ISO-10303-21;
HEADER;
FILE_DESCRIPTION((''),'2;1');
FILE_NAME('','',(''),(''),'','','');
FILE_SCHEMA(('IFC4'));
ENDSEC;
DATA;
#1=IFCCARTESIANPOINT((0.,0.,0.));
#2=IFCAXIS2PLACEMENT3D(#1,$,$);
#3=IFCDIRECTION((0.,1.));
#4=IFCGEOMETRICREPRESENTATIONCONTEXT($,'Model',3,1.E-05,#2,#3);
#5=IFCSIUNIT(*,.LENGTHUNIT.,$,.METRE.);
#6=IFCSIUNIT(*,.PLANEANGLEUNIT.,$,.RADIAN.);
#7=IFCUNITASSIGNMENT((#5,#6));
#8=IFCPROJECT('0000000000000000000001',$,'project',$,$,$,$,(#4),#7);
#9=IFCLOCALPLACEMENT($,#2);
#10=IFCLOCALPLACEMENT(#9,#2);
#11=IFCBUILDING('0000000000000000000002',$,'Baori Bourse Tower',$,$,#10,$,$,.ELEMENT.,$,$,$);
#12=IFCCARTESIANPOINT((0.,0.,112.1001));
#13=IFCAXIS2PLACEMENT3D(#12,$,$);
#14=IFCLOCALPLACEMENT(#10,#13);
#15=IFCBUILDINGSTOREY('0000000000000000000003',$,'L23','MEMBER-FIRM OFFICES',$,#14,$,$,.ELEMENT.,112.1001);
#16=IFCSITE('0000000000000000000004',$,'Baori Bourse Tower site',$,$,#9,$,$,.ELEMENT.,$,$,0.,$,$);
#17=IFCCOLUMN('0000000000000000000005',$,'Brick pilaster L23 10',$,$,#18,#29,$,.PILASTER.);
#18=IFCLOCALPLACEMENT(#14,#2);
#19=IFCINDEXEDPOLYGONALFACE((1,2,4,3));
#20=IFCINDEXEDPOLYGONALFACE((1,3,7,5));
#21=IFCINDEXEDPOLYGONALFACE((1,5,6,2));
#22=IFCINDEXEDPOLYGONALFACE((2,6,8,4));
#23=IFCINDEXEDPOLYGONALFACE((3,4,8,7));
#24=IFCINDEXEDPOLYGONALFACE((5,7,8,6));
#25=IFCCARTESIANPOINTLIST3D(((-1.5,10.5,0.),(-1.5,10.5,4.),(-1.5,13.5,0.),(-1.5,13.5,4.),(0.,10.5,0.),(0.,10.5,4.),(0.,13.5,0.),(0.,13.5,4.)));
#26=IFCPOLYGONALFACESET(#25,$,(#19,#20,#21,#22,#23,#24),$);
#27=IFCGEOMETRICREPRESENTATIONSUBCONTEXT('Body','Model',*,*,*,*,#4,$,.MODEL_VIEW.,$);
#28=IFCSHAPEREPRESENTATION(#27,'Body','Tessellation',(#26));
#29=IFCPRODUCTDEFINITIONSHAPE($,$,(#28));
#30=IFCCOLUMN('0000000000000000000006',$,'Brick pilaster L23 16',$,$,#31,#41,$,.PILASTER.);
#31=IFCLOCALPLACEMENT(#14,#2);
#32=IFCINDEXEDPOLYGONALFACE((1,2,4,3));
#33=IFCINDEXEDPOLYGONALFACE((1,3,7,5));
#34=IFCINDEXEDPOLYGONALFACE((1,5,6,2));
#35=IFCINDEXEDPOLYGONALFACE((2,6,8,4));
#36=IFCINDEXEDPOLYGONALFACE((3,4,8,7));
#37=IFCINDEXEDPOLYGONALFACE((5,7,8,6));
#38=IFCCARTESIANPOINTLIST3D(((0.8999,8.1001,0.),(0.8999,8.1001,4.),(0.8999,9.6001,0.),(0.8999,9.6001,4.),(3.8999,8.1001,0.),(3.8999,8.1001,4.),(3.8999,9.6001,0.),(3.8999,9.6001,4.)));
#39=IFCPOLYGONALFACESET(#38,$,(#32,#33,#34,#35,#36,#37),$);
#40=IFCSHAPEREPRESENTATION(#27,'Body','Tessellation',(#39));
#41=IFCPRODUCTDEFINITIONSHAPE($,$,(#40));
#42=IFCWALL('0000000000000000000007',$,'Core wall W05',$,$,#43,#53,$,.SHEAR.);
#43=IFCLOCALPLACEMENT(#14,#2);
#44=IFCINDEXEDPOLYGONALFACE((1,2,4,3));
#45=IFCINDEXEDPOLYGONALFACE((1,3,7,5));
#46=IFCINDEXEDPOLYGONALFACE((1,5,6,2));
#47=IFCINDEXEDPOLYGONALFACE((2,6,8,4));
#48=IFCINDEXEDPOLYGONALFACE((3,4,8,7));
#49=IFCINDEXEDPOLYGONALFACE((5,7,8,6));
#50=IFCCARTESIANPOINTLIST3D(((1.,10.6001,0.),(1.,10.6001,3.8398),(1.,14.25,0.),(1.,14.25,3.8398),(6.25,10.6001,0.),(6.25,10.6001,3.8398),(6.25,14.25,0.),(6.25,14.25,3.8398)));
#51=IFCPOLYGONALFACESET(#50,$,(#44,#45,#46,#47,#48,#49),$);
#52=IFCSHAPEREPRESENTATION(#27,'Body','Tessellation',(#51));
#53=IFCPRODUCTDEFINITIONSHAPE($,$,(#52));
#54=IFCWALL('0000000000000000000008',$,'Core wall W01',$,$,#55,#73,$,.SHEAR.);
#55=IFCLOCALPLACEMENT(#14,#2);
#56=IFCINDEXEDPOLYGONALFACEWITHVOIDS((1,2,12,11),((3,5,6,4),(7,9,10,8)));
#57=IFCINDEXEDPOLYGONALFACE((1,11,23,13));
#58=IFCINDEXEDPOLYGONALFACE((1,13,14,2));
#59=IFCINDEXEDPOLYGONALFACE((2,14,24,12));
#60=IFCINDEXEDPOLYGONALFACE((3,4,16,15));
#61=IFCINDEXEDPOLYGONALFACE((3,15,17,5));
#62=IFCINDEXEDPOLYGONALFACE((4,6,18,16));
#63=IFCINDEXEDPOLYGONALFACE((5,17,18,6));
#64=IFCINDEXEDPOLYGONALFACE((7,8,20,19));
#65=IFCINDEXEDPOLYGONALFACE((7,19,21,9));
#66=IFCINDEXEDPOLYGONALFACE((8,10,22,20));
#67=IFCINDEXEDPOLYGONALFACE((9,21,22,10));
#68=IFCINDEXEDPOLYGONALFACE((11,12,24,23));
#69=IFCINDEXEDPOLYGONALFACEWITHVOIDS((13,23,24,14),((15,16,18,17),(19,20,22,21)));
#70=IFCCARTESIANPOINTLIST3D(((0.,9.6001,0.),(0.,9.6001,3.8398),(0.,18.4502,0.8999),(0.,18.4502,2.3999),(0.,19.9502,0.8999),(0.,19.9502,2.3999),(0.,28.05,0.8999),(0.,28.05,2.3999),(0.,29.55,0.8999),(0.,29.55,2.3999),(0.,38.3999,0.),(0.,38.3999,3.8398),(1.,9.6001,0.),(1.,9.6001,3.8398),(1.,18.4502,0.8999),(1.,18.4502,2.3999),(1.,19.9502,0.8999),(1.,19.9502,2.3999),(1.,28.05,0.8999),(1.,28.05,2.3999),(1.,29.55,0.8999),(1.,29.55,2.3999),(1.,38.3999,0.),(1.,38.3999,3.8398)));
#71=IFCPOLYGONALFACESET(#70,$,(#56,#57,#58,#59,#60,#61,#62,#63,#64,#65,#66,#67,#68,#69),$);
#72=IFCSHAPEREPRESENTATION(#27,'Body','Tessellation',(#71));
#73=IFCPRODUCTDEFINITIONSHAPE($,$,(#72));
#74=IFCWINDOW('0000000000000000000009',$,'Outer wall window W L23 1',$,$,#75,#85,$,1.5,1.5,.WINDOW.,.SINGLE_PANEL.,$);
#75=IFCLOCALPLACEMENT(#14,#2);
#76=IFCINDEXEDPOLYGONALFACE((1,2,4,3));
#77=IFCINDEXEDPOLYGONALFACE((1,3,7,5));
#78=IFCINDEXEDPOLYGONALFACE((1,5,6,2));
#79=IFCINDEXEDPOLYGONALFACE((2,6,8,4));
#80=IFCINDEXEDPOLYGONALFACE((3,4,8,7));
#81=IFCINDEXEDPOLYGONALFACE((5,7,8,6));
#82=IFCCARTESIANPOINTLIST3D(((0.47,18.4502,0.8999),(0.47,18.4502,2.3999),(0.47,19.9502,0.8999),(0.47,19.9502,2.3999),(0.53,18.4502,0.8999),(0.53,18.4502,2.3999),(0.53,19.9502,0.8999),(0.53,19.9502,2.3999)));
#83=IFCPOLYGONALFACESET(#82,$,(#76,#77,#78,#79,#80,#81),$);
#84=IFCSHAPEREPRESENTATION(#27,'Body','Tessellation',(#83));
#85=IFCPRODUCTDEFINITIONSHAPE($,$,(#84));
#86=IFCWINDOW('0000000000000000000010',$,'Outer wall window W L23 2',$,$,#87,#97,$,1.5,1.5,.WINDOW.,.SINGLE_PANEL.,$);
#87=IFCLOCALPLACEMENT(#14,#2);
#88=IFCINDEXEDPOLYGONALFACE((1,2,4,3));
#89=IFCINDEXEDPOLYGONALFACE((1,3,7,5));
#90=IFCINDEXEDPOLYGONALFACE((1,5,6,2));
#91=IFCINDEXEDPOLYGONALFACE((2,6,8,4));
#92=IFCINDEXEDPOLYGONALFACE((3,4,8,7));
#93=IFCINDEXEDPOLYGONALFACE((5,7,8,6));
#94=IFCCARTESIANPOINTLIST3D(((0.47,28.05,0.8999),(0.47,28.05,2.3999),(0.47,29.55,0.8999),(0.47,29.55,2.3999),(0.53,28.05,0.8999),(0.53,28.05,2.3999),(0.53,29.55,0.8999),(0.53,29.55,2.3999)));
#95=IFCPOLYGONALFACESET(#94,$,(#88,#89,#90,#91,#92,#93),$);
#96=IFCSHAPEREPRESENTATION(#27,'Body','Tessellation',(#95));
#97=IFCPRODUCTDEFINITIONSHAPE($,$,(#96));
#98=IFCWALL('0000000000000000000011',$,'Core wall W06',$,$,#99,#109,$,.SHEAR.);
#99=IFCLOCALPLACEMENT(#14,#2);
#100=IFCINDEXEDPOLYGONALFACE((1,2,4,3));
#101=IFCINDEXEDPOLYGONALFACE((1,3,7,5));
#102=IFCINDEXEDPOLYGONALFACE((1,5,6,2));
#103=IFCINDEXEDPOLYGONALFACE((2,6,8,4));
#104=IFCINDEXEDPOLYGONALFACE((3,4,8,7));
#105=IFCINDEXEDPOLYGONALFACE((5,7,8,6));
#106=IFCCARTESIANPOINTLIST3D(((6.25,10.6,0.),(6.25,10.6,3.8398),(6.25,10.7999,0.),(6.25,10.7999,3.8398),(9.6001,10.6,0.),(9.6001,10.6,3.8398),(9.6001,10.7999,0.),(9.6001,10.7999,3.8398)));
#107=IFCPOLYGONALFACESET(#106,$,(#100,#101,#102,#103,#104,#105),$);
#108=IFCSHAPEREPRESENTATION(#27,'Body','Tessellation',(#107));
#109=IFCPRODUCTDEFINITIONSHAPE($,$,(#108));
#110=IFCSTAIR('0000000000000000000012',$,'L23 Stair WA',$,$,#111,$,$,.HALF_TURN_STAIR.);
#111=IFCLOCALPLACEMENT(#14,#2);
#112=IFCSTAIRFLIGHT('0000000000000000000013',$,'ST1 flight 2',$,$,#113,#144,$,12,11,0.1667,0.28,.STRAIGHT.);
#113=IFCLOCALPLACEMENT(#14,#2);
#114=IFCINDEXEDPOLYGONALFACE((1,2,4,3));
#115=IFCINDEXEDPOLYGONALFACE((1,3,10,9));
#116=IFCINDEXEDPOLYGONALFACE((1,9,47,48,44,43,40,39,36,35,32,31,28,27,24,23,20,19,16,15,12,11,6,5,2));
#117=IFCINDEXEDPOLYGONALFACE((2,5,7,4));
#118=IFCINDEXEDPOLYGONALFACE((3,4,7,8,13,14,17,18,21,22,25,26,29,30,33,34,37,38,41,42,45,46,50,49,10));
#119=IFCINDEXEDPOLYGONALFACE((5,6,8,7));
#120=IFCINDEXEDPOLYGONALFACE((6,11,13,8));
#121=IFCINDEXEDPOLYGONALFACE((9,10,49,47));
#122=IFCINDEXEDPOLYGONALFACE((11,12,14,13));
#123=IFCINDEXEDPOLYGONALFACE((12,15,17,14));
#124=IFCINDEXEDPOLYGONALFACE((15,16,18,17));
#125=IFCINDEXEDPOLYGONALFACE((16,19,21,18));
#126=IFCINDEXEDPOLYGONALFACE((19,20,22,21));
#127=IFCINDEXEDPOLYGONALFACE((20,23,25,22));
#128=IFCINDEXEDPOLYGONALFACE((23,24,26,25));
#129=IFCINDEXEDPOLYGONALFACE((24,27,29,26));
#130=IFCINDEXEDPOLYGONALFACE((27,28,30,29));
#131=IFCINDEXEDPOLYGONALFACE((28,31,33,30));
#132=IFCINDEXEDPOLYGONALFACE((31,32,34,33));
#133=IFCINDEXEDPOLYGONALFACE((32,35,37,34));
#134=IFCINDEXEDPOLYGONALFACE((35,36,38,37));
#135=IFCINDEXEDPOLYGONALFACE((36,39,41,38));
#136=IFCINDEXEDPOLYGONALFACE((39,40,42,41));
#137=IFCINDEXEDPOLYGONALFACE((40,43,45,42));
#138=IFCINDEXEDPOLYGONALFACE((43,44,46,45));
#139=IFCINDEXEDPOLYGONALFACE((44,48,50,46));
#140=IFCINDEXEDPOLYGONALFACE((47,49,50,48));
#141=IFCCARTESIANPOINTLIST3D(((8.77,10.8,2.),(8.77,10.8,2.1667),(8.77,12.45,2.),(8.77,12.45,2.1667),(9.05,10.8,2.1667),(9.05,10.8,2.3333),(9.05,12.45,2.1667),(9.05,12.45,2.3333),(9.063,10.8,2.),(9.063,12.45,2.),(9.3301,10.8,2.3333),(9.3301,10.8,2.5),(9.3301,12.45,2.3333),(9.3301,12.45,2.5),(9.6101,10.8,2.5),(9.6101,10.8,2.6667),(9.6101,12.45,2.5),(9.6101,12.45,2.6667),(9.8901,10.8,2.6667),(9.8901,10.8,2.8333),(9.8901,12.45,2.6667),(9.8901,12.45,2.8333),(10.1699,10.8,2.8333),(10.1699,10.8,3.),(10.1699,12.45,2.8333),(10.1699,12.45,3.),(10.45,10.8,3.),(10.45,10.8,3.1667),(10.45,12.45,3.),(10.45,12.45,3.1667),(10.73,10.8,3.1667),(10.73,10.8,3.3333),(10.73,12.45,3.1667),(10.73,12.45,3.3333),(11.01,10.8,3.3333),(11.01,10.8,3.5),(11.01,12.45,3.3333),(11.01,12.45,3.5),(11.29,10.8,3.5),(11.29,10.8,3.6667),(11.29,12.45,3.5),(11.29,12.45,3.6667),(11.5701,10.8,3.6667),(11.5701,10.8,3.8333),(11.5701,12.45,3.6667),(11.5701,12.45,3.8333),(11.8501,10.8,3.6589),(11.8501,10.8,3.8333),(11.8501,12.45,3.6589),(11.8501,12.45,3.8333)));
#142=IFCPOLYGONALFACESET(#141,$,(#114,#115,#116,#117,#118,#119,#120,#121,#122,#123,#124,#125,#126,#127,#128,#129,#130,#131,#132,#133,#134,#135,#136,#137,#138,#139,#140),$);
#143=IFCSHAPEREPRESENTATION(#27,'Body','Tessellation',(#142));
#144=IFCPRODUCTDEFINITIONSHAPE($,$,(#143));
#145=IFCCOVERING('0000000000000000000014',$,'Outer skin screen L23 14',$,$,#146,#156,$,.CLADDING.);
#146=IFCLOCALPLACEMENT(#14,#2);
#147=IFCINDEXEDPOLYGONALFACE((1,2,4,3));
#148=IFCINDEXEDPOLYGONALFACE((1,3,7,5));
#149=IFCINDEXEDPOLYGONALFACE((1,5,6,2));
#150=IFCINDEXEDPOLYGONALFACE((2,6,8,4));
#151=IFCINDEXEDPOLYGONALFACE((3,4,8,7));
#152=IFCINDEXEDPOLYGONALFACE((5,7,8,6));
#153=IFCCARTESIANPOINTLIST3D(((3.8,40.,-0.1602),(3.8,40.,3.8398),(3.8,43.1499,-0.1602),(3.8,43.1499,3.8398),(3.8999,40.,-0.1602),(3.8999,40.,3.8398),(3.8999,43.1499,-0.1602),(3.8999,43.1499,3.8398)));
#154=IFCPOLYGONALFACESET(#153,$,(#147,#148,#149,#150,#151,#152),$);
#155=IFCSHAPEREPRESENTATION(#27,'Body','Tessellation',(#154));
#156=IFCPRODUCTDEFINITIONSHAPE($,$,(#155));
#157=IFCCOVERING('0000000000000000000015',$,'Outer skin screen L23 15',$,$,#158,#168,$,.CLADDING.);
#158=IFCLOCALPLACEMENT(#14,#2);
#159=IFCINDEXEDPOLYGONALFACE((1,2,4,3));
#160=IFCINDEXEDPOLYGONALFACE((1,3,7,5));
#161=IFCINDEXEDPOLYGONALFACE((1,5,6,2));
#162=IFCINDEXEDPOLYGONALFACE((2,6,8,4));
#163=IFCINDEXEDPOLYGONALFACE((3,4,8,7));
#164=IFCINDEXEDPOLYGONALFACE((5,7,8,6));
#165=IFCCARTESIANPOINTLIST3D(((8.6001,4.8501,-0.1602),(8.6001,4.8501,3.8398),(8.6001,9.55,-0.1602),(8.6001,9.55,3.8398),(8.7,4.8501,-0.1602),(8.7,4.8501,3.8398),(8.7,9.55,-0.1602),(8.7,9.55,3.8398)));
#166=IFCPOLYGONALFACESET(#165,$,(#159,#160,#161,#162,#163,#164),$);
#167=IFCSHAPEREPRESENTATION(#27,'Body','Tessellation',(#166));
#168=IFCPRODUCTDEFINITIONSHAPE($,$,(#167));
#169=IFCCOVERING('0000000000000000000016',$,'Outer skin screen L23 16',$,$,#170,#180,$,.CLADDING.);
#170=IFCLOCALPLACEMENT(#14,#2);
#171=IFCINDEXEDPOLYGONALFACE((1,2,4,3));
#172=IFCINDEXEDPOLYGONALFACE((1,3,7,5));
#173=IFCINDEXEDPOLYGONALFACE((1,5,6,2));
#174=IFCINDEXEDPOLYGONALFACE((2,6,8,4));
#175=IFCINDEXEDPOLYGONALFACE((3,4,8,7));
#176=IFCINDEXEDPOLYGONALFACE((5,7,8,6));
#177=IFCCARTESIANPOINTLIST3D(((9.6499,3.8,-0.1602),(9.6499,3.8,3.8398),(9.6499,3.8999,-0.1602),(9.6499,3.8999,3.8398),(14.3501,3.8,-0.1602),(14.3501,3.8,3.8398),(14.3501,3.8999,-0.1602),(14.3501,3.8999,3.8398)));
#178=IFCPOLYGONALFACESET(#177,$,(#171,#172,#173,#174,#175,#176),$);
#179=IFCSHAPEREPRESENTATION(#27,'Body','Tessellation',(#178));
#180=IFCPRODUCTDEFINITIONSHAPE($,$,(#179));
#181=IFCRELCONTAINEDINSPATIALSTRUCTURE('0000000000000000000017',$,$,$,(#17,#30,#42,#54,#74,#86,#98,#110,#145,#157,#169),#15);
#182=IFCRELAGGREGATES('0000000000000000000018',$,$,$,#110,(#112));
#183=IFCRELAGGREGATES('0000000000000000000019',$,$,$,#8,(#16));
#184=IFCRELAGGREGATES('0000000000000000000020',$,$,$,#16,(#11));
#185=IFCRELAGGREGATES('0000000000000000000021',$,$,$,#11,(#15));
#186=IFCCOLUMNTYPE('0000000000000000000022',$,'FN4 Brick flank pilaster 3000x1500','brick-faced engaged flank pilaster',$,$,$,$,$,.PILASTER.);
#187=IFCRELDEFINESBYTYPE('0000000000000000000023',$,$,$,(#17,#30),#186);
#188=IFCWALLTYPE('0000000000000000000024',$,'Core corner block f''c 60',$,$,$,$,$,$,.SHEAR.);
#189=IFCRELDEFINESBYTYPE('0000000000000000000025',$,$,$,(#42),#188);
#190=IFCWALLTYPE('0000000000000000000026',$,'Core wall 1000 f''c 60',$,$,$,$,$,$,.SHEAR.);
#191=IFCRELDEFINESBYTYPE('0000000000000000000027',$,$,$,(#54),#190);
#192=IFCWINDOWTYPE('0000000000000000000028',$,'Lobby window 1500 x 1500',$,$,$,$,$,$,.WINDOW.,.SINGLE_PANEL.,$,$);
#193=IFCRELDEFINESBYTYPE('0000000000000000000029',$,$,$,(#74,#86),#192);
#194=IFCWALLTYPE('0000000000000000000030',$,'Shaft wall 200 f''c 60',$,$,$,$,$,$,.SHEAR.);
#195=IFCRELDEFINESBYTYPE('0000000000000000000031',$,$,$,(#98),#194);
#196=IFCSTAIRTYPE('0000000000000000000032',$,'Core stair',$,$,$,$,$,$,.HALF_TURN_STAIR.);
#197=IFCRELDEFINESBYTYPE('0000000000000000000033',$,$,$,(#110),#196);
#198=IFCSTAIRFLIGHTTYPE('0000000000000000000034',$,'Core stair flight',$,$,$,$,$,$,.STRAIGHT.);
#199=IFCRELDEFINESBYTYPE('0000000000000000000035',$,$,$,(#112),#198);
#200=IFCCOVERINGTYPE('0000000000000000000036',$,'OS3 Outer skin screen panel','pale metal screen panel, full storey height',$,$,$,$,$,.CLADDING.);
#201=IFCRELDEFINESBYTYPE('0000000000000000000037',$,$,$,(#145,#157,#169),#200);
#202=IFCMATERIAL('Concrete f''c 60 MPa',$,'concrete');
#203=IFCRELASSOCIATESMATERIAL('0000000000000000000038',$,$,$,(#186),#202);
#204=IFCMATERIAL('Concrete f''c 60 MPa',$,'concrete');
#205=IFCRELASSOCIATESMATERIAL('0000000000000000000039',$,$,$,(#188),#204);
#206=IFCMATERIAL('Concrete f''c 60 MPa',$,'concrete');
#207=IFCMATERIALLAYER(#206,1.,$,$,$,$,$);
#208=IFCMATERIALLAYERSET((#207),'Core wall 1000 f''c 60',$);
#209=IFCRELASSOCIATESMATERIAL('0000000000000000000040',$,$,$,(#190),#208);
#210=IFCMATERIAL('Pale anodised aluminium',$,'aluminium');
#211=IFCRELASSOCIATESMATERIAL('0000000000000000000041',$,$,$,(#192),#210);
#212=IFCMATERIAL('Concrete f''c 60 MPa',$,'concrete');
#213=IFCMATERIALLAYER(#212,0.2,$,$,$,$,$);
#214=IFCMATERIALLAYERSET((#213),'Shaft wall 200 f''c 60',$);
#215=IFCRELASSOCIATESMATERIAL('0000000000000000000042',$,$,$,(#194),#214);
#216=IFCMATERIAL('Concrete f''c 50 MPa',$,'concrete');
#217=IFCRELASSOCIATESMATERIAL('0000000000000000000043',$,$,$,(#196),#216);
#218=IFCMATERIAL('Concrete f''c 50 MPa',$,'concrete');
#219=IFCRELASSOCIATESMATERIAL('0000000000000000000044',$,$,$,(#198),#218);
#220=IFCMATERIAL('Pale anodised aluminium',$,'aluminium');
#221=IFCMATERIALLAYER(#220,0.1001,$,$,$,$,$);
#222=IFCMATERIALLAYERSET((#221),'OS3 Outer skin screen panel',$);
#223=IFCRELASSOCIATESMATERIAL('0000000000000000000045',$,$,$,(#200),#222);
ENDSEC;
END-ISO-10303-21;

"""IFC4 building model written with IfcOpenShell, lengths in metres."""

from ifc_helpers import new_model, si_unit, direction, frame, frame_2d, origin, origin_2d, place, context, subcontext, project, spatial, polyline, rectangle, outline, extrude, material, layer, layer_set, material_profile, profile_set, type_object, element, fill, aggregate, save


model = new_model("IFC4")

# Units and contexts
model_context = context("Model", 3, precision=1e-05, world=origin(), true_north=direction((0.0, 1.0)))
body_context = subcontext(model_context, "Body", "Model", "MODEL_VIEW")
ifc_project = project(units=[si_unit("LENGTHUNIT", "METRE"), si_unit("PLANEANGLEUNIT", "RADIAN")], contexts=[model_context])

# Site, building, storey
site_placement = place(None, origin())
site = spatial("IfcSite", under=ifc_project, at=site_placement, Name="Baori Bourse Tower site", CompositionType="ELEMENT", RefElevation=0.0)
building_placement = place(site_placement, origin())
building = spatial("IfcBuilding", under=site, at=building_placement, Name="Baori Bourse Tower", CompositionType="ELEMENT")
storey_placement = place(building_placement, frame((0.0, 0.0, 112.1001)))
storey = spatial("IfcBuildingStorey", under=building, at=storey_placement, Name="L23", Description="MEMBER-FIRM OFFICES", CompositionType="ELEMENT", Elevation=112.1001)

# Columns
ifc_material_1 = material(Name="Concrete f'c 60 MPa", Category="concrete")
ifc_material_profile = material_profile(ifc_material_1, rectangle(XDim=3.0, YDim=1.5, at=origin_2d()), Name="RC 3000x1500")
ifc_profile_set = profile_set([ifc_material_profile], Name="Concrete f'c 60 MPa")
column_type = type_object("IfcColumnType", Name="FN4 Brick flank pilaster 3000x1500", Description="brick-faced engaged flank pilaster", PredefinedType="PILASTER", material=ifc_profile_set)
for number, where, z_axis, x_axis, name in (
    (1, (-0.75, 12.0, 0.0), (0.0, 0.0, 1.0), (0.0, 1.0, 0.0), "Brick pilaster L23 10"),
    (2, (2.3999, 8.8501, 0.0), (0.0, 0.0, 1.0), (1.0, 0.0, 0.0), "Brick pilaster L23 16"),
):
    element("IfcColumn", number, at=place(storey_placement, frame(where, z_axis=z_axis, x_axis=x_axis)), inside=storey, type_object=column_type, Name=name, PredefinedType="PILASTER", context=body_context, shape_type="SweptSolid", body=[
        extrude(rectangle(XDim=3.0, YDim=1.5, at=origin_2d()), origin(), (0.0, 0.0, 1.0), 4.0),
    ])

# Wall
ifc_material_2 = material(Name="Concrete f'c 60 MPa", Category="concrete")
wall_type_1 = type_object("IfcWallType", Name="Core corner block f'c 60", PredefinedType="SHEAR", material=ifc_material_2)
wall_1_placement = place(storey_placement, frame((1.0, 12.425, 0.0), z_axis=(0.0, 0.0, 1.0), x_axis=(1.0, 0.0, 0.0)))
element("IfcWall", 3, at=wall_1_placement, inside=storey, type_object=wall_type_1, Name="Core wall W05", PredefinedType="SHEAR", context=body_context, shape_type="SweptSolid", body=[
    extrude(rectangle(XDim=5.25, YDim=3.6499, at=frame_2d((2.625, 0.0))), origin(), (0.0, 0.0, 1.0), 3.8398),
])

# Wall, openings, windows
ifc_material_3 = material(Name="Concrete f'c 60 MPa", Category="concrete")
ifc_layer_1 = layer(ifc_material_3, 1.0)
ifc_layer_set_1 = layer_set([ifc_layer_1], Name="Core wall 1000 f'c 60")
wall_type_2 = type_object("IfcWallType", Name="Core wall 1000 f'c 60", PredefinedType="SHEAR", material=ifc_layer_set_1)
wall_2_placement = place(storey_placement, frame((0.5, 9.6001, 0.0), z_axis=(0.0, 0.0, 1.0), x_axis=(0.0, 1.0, 0.0)))
wall_2 = element("IfcWall", 4, at=wall_2_placement, inside=storey, type_object=wall_type_2, Name="Core wall W01", PredefinedType="SHEAR", context=body_context, shape_type="SweptSolid", body=[
    extrude(rectangle(XDim=28.7998, YDim=1.0, at=frame_2d((14.3999, 0.0))), origin(), (0.0, 0.0, 1.0), 3.8398),
])
opening_1_placement = place(wall_2_placement, frame((8.8501, 0.0, 0.8999)))
opening_1 = element("IfcOpeningElement", 5, at=opening_1_placement, cuts=wall_2, PredefinedType="OPENING", context=body_context, shape_type="SweptSolid", body=[
    extrude(rectangle(XDim=1.5, YDim=1.5, at=frame_2d((0.75, 0.75))), frame((0.0, 0.51, 0.0), z_axis=(0.0, -1.0, 0.0), x_axis=(1.0, 0.0, 0.0)), (0.0, 0.0, 1.0), 1.02),
])
opening_2_placement = place(wall_2_placement, frame((18.45, 0.0, 0.8999)))
opening_2 = element("IfcOpeningElement", 6, at=opening_2_placement, cuts=wall_2, PredefinedType="OPENING", context=body_context, shape_type="SweptSolid", body=[
    extrude(rectangle(XDim=1.5, YDim=1.5, at=frame_2d((0.75, 0.75))), frame((0.0, 0.51, 0.0), z_axis=(0.0, -1.0, 0.0), x_axis=(1.0, 0.0, 0.0)), (0.0, 0.0, 1.0), 1.02),
])
ifc_material_4 = material(Name="Pale anodised aluminium", Category="aluminium")
window_type = type_object("IfcWindowType", Name="Lobby window 1500 x 1500", PartitioningType="SINGLE_PANEL", PredefinedType="WINDOW", material=ifc_material_4)
window_1_placement = place(opening_1_placement, origin())
window_1 = element("IfcWindow", 7, at=window_1_placement, inside=storey, type_object=window_type, Name="Outer wall window W L23 1", OverallHeight=1.5, OverallWidth=1.5, PartitioningType="SINGLE_PANEL", PredefinedType="WINDOW", context=body_context, shape_type="SweptSolid", body=[
    extrude(rectangle(XDim=1.5, YDim=1.5, at=frame_2d((0.75, 0.75))), frame((0.0, 0.03, 0.0), z_axis=(0.0, -1.0, 0.0), x_axis=(1.0, 0.0, 0.0)), (0.0, 0.0, 1.0), 0.0601),
])
fill(opening_1, window_1)
window_2_placement = place(opening_2_placement, origin())
window_2 = element("IfcWindow", 8, at=window_2_placement, inside=storey, type_object=window_type, Name="Outer wall window W L23 2", OverallHeight=1.5, OverallWidth=1.5, PartitioningType="SINGLE_PANEL", PredefinedType="WINDOW", context=body_context, shape_type="SweptSolid", body=[
    extrude(rectangle(XDim=1.5, YDim=1.5, at=frame_2d((0.75, 0.75))), frame((0.0, 0.03, 0.0), z_axis=(0.0, -1.0, 0.0), x_axis=(1.0, 0.0, 0.0)), (0.0, 0.0, 1.0), 0.0601),
])
fill(opening_2, window_2)

# Wall
ifc_material_5 = material(Name="Concrete f'c 60 MPa", Category="concrete")
ifc_layer_2 = layer(ifc_material_5, 0.2)
ifc_layer_set_2 = layer_set([ifc_layer_2], Name="Shaft wall 200 f'c 60")
wall_type_3 = type_object("IfcWallType", Name="Shaft wall 200 f'c 60", PredefinedType="SHEAR", material=ifc_layer_set_2)
wall_3_placement = place(storey_placement, frame((6.25, 10.7, 0.0), z_axis=(0.0, 0.0, 1.0), x_axis=(1.0, 0.0, 0.0)))
element("IfcWall", 9, at=wall_3_placement, inside=storey, type_object=wall_type_3, Name="Core wall W06", PredefinedType="SHEAR", context=body_context, shape_type="SweptSolid", body=[
    extrude(rectangle(XDim=3.3501, YDim=0.2, at=frame_2d((1.675, 0.0))), origin(), (0.0, 0.0, 1.0), 3.8398),
])

# Stair, stair flight
ifc_material_6 = material(Name="Concrete f'c 50 MPa", Category="concrete")
stair_type = type_object("IfcStairType", Name="Core stair", PredefinedType="HALF_TURN_STAIR", material=ifc_material_6)
stair_placement = place(storey_placement, origin())
stair = element("IfcStair", 10, at=stair_placement, inside=storey, type_object=stair_type, Name="L23 Stair WA", PredefinedType="HALF_TURN_STAIR")
ifc_material_7 = material(Name="Concrete f'c 50 MPa", Category="concrete")
stair_flight_type = type_object("IfcStairFlightType", Name="Core stair flight", PredefinedType="STRAIGHT", material=ifc_material_7)
stair_flight_placement = place(storey_placement, frame((8.77, 11.625, 2.0), z_axis=(0.0, 0.0, 1.0), x_axis=(1.0, 0.0, 0.0)))
stair_flight = element("IfcStairFlight", 11, at=stair_flight_placement, type_object=stair_flight_type, Name="ST1 flight 2", NumberOfRisers=12, NumberOfTreads=11, PredefinedType="STRAIGHT", RiserHeight=0.1667, TreadLength=0.28, context=body_context, shape_type="SweptSolid", body=[
    extrude(outline(polyline([(0.0, 0.0), (0.0, 0.1667), (0.28, 0.1667), (0.28, 0.3333), (0.5601, 0.3333), (0.5601, 0.5), (0.8401, 0.5), (0.8401, 0.6667), (1.1201, 0.6667), (1.1201, 0.8333), (1.3999, 0.8333), (1.3999, 1.0), (1.6799, 1.0), (1.6799, 1.1667), (1.96, 1.1667), (1.96, 1.3333), (2.24, 1.3333), (2.24, 1.5), (2.52, 1.5), (2.52, 1.6667), (2.8, 1.6667), (2.8, 1.8333), (3.0801, 1.8333), (3.0801, 2.0), (3.0801, 1.6589), (0.293, 0.0), (0.0, 0.0)])), frame((0.0, 0.825, 0.0), z_axis=(0.0, -1.0, 0.0), x_axis=(1.0, 0.0, 0.0)), (0.0, 0.0, 1.0), 1.6499),
])
aggregate(stair, [stair_flight])

# Coverings
ifc_material_8 = material(Name="Pale anodised aluminium", Category="aluminium")
ifc_layer_3 = layer(ifc_material_8, 0.1001)
ifc_layer_set_3 = layer_set([ifc_layer_3], Name="OS3 Outer skin screen panel")
covering_type = type_object("IfcCoveringType", Name="OS3 Outer skin screen panel", Description="pale metal screen panel, full storey height", PredefinedType="CLADDING", material=ifc_layer_set_3)
covering_1_placement = place(storey_placement, frame((0.0, 0.0, -0.1602)))
element("IfcCovering", 12, at=covering_1_placement, inside=storey, type_object=covering_type, Name="Outer skin screen L23 14", PredefinedType="CLADDING", context=body_context, shape_type="SweptSolid", body=[
    extrude(outline(polyline([(3.8999, 40.0), (3.8999, 43.1499), (3.8, 43.1499), (3.8, 40.0), (3.8999, 40.0), (3.8999, 40.0)])), origin(), (0.0, 0.0, 1.0), 4.0),
])
covering_2_placement = place(storey_placement, frame((0.0, 0.0, -0.1602)))
element("IfcCovering", 13, at=covering_2_placement, inside=storey, type_object=covering_type, Name="Outer skin screen L23 15", PredefinedType="CLADDING", context=body_context, shape_type="SweptSolid", body=[
    extrude(outline(polyline([(8.7, 4.8501), (8.7, 9.55), (8.6001, 9.55), (8.6001, 4.8501), (8.7, 4.8501)])), origin(), (0.0, 0.0, 1.0), 4.0),
])
covering_3_placement = place(storey_placement, frame((0.0, 0.0, -0.1602)))
element("IfcCovering", 14, at=covering_3_placement, inside=storey, type_object=covering_type, Name="Outer skin screen L23 16", PredefinedType="CLADDING", context=body_context, shape_type="SweptSolid", body=[
    extrude(outline(polyline([(14.3501, 3.8999), (9.6499, 3.8999), (9.6499, 3.8), (14.3501, 3.8), (14.3501, 3.8999)])), origin(), (0.0, 0.0, 1.0), 4.0),
])

save(model, "model.ifc")
